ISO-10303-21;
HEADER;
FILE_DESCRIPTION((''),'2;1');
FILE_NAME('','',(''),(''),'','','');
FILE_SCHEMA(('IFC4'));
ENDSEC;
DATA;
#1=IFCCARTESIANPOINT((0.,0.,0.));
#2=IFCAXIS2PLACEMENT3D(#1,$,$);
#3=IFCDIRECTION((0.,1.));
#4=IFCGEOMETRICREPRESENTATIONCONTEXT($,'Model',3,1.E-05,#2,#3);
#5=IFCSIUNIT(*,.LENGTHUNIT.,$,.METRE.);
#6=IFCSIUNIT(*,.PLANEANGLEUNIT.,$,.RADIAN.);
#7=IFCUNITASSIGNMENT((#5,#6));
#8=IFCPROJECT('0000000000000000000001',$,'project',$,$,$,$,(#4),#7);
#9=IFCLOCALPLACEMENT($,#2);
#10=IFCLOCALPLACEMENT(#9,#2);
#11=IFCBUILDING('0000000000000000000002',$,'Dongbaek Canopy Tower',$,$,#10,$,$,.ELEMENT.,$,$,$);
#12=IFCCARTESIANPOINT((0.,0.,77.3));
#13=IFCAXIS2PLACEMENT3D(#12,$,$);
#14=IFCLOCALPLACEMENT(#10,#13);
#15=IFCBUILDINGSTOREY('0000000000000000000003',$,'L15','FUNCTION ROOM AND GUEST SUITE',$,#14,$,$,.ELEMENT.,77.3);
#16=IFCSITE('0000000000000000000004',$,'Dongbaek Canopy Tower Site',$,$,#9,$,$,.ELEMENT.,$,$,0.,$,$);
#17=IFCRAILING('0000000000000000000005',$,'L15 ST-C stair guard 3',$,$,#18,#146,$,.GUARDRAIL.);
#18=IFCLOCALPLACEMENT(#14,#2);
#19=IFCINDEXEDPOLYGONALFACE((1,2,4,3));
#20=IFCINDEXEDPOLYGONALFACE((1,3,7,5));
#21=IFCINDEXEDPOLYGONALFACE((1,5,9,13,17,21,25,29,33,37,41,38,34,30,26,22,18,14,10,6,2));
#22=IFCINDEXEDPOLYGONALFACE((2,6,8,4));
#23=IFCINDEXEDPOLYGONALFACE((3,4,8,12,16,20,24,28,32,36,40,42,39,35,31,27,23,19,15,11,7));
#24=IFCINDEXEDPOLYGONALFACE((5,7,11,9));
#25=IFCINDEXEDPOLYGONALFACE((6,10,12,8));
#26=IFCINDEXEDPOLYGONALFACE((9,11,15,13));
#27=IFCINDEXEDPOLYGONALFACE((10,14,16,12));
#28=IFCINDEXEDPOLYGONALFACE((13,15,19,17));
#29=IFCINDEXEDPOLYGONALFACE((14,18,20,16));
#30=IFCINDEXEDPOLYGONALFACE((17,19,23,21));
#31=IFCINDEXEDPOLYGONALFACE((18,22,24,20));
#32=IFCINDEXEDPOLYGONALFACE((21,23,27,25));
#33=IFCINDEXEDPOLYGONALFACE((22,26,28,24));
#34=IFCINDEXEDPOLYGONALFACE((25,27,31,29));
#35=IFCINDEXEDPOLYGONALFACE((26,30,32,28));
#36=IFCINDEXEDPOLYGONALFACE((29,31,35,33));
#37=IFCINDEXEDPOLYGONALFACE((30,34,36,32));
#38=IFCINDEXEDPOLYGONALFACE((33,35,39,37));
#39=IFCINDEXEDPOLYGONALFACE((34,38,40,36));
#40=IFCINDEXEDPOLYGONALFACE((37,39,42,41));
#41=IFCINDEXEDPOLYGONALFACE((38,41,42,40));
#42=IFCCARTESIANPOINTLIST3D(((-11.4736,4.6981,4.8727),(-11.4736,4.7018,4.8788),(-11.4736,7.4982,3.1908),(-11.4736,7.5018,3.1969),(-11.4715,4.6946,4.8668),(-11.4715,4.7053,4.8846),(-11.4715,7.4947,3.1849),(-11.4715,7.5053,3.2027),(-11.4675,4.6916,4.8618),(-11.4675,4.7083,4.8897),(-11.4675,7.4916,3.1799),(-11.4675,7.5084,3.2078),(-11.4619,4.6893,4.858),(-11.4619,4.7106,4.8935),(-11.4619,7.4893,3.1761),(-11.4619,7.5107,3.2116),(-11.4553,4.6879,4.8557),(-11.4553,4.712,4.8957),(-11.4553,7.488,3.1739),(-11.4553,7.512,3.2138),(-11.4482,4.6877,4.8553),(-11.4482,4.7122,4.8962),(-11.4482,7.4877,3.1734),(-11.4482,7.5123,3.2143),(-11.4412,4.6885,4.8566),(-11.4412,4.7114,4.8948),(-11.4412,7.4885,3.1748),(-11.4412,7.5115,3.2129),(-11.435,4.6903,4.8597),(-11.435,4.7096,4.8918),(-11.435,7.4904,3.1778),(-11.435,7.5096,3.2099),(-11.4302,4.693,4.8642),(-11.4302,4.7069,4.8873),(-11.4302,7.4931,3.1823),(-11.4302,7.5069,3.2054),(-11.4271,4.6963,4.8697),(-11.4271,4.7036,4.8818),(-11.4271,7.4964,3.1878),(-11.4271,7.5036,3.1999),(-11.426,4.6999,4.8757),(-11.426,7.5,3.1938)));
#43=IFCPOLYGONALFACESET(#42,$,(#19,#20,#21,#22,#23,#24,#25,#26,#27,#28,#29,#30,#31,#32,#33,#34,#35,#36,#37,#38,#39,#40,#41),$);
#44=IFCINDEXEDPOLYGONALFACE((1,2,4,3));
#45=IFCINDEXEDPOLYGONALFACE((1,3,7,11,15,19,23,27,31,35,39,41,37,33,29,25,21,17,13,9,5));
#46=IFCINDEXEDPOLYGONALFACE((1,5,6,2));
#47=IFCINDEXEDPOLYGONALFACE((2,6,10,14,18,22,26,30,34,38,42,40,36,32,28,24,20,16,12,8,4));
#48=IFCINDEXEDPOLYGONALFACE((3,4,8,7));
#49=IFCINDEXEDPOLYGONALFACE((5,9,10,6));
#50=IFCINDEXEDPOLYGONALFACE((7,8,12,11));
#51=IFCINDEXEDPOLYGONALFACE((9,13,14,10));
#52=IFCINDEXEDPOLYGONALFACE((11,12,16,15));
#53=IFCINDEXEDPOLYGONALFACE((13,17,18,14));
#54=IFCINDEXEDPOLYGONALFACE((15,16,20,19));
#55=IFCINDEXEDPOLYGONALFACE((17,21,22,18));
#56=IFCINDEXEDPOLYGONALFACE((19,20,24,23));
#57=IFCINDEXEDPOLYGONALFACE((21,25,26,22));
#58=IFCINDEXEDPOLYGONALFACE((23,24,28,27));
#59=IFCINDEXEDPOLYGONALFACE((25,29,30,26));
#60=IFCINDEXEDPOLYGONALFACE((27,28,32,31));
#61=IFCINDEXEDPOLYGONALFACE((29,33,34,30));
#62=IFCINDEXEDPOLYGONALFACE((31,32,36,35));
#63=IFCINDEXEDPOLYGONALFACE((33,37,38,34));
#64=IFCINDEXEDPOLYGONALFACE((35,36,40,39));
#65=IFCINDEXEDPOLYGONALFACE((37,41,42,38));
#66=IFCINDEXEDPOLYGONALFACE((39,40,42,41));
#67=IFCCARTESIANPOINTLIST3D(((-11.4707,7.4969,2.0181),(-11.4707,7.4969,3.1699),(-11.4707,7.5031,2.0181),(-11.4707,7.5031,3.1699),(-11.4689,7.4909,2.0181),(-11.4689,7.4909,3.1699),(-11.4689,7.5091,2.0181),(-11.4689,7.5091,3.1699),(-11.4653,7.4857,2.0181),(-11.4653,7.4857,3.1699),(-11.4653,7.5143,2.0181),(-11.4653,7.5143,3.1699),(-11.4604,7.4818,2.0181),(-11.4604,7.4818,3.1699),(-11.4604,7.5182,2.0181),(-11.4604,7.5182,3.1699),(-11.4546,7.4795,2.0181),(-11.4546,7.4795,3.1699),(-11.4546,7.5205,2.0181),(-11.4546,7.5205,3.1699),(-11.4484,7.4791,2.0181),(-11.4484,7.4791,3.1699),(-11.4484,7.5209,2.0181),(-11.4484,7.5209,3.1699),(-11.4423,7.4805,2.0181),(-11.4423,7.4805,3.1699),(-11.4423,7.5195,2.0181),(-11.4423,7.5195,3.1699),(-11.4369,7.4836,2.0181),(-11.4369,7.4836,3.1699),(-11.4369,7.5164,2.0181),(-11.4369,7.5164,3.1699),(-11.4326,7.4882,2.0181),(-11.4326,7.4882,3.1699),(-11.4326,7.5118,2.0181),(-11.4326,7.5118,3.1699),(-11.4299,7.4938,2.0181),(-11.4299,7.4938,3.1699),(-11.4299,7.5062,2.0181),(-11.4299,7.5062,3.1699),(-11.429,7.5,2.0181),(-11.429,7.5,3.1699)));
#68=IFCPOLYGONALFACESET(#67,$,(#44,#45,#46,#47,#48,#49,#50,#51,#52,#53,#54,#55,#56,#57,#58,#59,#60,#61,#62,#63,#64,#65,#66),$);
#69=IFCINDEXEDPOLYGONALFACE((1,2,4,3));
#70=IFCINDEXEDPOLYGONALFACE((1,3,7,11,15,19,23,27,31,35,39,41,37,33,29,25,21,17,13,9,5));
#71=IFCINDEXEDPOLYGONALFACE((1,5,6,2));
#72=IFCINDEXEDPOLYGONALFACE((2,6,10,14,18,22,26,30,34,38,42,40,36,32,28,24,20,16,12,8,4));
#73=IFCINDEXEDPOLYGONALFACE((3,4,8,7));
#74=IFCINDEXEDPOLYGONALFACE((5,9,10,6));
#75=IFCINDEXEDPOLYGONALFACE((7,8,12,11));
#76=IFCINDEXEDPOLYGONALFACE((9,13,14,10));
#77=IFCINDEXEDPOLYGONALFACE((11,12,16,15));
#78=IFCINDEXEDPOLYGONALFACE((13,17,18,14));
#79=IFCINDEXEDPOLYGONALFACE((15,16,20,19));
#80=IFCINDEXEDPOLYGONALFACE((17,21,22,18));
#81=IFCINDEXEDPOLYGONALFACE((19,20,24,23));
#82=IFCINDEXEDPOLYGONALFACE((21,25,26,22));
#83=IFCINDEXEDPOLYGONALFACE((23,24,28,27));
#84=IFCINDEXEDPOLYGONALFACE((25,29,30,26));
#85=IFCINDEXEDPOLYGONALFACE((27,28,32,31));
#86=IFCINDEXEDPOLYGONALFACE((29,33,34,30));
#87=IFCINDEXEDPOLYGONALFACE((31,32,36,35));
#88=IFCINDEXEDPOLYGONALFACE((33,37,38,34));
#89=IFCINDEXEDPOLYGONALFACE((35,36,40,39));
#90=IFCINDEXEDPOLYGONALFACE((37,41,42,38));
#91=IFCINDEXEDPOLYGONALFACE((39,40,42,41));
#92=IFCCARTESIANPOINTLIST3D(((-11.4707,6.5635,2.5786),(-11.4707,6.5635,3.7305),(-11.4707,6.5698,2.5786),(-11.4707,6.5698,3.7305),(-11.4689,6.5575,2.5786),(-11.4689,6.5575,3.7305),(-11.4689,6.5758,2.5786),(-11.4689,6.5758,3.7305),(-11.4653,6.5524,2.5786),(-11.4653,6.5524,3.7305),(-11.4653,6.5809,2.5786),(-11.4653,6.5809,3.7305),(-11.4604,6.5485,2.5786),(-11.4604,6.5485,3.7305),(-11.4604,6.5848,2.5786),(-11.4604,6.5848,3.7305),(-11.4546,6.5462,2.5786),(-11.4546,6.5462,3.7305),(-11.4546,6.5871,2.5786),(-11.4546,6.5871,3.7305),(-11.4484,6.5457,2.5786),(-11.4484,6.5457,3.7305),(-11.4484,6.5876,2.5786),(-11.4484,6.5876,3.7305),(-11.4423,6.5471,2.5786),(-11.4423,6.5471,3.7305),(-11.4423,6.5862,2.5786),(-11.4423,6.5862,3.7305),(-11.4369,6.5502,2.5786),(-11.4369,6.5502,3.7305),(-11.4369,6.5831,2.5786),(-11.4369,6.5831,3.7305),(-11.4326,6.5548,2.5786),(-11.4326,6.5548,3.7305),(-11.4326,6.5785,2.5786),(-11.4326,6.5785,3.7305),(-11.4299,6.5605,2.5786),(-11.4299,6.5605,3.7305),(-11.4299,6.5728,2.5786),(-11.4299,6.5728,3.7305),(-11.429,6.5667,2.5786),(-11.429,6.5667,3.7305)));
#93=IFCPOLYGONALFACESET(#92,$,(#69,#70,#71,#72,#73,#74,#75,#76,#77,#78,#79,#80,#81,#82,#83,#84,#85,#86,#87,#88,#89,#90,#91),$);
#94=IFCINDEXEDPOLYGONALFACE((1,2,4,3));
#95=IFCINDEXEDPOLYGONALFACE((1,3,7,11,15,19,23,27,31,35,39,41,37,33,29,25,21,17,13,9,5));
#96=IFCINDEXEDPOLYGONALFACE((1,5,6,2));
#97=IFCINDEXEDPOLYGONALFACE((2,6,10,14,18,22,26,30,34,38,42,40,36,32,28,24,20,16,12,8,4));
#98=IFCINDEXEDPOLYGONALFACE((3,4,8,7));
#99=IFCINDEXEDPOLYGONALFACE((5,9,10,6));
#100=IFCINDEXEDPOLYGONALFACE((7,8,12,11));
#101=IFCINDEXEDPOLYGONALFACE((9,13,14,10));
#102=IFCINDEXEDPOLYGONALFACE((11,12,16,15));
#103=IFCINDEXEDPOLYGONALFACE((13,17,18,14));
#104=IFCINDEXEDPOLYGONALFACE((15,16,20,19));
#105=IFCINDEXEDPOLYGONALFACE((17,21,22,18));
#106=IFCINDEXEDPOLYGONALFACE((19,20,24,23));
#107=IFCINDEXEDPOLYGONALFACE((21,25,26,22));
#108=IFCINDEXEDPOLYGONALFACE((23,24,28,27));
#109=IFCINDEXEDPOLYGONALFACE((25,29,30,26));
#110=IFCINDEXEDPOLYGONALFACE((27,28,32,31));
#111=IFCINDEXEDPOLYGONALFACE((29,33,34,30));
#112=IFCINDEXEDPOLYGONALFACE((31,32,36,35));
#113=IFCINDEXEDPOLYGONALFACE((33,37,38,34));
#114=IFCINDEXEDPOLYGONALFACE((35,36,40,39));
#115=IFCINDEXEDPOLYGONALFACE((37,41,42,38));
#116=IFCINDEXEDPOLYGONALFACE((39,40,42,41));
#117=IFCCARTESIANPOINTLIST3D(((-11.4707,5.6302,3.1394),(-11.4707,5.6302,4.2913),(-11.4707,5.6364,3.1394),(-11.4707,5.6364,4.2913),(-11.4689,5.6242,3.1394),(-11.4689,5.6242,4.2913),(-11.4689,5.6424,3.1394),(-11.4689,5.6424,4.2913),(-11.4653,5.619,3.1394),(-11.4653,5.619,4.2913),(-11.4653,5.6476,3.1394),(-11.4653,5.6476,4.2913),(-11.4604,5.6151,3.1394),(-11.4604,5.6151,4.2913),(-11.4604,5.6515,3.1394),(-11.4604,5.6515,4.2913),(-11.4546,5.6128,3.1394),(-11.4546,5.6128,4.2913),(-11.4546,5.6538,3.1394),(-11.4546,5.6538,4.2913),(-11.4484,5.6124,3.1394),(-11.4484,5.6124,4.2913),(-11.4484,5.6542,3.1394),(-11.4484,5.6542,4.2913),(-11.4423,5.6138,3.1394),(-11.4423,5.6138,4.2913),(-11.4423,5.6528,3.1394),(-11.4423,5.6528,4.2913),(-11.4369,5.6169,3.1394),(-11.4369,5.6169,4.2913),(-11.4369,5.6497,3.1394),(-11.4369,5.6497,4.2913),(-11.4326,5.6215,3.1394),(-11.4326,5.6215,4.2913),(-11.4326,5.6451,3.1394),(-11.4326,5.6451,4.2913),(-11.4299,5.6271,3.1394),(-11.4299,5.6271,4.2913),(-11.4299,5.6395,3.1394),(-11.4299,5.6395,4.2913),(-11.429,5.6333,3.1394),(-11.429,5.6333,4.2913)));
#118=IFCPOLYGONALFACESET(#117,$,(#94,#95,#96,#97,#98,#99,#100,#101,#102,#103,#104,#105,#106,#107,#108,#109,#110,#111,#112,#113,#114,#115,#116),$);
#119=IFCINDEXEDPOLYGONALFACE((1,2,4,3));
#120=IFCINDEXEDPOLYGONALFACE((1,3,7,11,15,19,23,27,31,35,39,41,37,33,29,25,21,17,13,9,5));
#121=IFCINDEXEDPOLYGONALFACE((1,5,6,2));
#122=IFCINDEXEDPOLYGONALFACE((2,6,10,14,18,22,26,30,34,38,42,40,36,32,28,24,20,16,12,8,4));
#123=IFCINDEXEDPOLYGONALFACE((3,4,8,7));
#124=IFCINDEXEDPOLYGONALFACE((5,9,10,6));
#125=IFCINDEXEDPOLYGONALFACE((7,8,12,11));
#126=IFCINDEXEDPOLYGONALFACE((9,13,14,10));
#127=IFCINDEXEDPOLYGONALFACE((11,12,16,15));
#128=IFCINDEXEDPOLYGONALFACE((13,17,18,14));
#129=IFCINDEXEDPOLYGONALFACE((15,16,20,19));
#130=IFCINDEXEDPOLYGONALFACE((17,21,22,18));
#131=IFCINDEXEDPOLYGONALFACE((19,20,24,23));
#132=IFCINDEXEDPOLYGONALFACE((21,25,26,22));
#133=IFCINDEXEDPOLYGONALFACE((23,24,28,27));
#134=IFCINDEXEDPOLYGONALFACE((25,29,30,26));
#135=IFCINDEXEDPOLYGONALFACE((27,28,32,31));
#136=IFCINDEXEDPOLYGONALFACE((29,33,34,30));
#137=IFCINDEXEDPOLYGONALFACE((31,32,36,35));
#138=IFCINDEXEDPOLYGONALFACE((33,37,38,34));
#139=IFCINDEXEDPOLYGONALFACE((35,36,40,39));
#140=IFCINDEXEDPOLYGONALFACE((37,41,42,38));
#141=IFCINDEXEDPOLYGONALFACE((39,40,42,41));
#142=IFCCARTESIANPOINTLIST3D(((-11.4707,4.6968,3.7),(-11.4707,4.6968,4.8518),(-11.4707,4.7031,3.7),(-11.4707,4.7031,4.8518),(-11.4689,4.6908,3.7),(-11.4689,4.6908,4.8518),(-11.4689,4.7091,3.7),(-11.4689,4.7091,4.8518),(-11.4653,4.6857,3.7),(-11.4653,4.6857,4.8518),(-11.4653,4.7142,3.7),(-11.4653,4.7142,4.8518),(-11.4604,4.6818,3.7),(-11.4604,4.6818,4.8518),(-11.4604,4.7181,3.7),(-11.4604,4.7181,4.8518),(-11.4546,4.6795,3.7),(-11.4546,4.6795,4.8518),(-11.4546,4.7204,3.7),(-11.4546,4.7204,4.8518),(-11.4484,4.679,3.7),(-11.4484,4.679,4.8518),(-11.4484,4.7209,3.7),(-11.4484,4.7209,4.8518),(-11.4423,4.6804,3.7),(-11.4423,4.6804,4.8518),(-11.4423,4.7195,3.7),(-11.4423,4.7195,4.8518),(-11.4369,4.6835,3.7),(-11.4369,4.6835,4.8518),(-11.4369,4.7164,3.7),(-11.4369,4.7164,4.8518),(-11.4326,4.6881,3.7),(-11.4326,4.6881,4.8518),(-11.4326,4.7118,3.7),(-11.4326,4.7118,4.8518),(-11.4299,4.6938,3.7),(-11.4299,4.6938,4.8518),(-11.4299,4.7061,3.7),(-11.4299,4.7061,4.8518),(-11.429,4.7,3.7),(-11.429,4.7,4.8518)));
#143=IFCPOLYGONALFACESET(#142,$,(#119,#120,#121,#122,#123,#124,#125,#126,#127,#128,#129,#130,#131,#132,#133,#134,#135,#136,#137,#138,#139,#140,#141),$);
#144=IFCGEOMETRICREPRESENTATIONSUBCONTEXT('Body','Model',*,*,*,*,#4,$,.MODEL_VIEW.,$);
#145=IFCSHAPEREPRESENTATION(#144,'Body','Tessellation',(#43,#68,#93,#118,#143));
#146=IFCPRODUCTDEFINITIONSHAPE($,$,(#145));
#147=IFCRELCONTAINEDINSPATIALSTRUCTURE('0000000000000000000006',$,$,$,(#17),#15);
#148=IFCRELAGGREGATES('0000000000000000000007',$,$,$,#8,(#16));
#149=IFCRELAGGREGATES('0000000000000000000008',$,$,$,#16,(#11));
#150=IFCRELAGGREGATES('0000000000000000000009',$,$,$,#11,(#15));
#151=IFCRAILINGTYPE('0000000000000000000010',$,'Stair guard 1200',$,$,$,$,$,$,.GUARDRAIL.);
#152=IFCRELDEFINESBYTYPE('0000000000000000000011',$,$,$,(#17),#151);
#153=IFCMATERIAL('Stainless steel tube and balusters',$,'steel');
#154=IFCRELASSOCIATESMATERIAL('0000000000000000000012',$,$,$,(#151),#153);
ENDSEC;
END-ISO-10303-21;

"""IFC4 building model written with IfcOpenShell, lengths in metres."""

from ifc_helpers import new_model, si_unit, direction, frame, origin, origin_2d, place, context, subcontext, project, spatial, circle, extrude, material, type_object, element, save


model = new_model("IFC4")

# Units and contexts
model_context = context("Model", 3, precision=1e-05, world=origin(), true_north=direction((0.0, 1.0)))
body_context = subcontext(model_context, "Body", "Model", "MODEL_VIEW")
ifc_project = project(units=[si_unit("LENGTHUNIT", "METRE"), si_unit("PLANEANGLEUNIT", "RADIAN")], contexts=[model_context])

# Site, building, storey
site_placement = place(None, origin())
site = spatial("IfcSite", under=ifc_project, at=site_placement, Name="Dongbaek Canopy Tower Site", CompositionType="ELEMENT", RefElevation=0.0)
building_placement = place(site_placement, origin())
building = spatial("IfcBuilding", under=site, at=building_placement, Name="Dongbaek Canopy Tower", CompositionType="ELEMENT")
storey_placement = place(building_placement, frame((0.0, 0.0, 77.3)))
storey = spatial("IfcBuildingStorey", under=building, at=storey_placement, Name="L15", Description="FUNCTION ROOM AND GUEST SUITE", CompositionType="ELEMENT", Elevation=77.3)

# Railing
ifc_material_1 = material(Name="Stainless steel tube and balusters", Category="steel")
railing_type_1 = type_object("IfcRailingType", Name="Stair guard 1200", PredefinedType="GUARDRAIL", material=ifc_material_1)
railing_1_placement = place(storey_placement, frame((-11.45, 7.5, 2.0181)))
element("IfcRailing", 1, at=railing_1_placement, inside=storey, type_object=railing_type_1, Name="L15 ST-C stair guard 3", PredefinedType="GUARDRAIL", context=body_context, shape_type="SweptSolid", body=[
    extrude(circle(Radius=0.0239, at=origin_2d()), frame((0.0, 0.0, 1.1758), z_axis=(0.0, -0.857242, 0.514913), x_axis=(1.0, 0.0, 0.0)), (0.0, 0.0, 1.0), 3.2664),
    extrude(circle(Radius=0.021, at=origin_2d()), origin(), (0.0, 0.0, 1.0), 1.1519),
    extrude(circle(Radius=0.021, at=origin_2d()), frame((0.0, -0.9333, 0.5605)), (0.0, 0.0, 1.0), 1.1519),
    extrude(circle(Radius=0.021, at=origin_2d()), frame((0.0, -1.8667, 1.1213)), (0.0, 0.0, 1.0), 1.1519),
    extrude(circle(Radius=0.021, at=origin_2d()), frame((0.0, -2.8, 1.6819)), (0.0, 0.0, 1.0), 1.1519),
])

save(model, "model.ifc")
